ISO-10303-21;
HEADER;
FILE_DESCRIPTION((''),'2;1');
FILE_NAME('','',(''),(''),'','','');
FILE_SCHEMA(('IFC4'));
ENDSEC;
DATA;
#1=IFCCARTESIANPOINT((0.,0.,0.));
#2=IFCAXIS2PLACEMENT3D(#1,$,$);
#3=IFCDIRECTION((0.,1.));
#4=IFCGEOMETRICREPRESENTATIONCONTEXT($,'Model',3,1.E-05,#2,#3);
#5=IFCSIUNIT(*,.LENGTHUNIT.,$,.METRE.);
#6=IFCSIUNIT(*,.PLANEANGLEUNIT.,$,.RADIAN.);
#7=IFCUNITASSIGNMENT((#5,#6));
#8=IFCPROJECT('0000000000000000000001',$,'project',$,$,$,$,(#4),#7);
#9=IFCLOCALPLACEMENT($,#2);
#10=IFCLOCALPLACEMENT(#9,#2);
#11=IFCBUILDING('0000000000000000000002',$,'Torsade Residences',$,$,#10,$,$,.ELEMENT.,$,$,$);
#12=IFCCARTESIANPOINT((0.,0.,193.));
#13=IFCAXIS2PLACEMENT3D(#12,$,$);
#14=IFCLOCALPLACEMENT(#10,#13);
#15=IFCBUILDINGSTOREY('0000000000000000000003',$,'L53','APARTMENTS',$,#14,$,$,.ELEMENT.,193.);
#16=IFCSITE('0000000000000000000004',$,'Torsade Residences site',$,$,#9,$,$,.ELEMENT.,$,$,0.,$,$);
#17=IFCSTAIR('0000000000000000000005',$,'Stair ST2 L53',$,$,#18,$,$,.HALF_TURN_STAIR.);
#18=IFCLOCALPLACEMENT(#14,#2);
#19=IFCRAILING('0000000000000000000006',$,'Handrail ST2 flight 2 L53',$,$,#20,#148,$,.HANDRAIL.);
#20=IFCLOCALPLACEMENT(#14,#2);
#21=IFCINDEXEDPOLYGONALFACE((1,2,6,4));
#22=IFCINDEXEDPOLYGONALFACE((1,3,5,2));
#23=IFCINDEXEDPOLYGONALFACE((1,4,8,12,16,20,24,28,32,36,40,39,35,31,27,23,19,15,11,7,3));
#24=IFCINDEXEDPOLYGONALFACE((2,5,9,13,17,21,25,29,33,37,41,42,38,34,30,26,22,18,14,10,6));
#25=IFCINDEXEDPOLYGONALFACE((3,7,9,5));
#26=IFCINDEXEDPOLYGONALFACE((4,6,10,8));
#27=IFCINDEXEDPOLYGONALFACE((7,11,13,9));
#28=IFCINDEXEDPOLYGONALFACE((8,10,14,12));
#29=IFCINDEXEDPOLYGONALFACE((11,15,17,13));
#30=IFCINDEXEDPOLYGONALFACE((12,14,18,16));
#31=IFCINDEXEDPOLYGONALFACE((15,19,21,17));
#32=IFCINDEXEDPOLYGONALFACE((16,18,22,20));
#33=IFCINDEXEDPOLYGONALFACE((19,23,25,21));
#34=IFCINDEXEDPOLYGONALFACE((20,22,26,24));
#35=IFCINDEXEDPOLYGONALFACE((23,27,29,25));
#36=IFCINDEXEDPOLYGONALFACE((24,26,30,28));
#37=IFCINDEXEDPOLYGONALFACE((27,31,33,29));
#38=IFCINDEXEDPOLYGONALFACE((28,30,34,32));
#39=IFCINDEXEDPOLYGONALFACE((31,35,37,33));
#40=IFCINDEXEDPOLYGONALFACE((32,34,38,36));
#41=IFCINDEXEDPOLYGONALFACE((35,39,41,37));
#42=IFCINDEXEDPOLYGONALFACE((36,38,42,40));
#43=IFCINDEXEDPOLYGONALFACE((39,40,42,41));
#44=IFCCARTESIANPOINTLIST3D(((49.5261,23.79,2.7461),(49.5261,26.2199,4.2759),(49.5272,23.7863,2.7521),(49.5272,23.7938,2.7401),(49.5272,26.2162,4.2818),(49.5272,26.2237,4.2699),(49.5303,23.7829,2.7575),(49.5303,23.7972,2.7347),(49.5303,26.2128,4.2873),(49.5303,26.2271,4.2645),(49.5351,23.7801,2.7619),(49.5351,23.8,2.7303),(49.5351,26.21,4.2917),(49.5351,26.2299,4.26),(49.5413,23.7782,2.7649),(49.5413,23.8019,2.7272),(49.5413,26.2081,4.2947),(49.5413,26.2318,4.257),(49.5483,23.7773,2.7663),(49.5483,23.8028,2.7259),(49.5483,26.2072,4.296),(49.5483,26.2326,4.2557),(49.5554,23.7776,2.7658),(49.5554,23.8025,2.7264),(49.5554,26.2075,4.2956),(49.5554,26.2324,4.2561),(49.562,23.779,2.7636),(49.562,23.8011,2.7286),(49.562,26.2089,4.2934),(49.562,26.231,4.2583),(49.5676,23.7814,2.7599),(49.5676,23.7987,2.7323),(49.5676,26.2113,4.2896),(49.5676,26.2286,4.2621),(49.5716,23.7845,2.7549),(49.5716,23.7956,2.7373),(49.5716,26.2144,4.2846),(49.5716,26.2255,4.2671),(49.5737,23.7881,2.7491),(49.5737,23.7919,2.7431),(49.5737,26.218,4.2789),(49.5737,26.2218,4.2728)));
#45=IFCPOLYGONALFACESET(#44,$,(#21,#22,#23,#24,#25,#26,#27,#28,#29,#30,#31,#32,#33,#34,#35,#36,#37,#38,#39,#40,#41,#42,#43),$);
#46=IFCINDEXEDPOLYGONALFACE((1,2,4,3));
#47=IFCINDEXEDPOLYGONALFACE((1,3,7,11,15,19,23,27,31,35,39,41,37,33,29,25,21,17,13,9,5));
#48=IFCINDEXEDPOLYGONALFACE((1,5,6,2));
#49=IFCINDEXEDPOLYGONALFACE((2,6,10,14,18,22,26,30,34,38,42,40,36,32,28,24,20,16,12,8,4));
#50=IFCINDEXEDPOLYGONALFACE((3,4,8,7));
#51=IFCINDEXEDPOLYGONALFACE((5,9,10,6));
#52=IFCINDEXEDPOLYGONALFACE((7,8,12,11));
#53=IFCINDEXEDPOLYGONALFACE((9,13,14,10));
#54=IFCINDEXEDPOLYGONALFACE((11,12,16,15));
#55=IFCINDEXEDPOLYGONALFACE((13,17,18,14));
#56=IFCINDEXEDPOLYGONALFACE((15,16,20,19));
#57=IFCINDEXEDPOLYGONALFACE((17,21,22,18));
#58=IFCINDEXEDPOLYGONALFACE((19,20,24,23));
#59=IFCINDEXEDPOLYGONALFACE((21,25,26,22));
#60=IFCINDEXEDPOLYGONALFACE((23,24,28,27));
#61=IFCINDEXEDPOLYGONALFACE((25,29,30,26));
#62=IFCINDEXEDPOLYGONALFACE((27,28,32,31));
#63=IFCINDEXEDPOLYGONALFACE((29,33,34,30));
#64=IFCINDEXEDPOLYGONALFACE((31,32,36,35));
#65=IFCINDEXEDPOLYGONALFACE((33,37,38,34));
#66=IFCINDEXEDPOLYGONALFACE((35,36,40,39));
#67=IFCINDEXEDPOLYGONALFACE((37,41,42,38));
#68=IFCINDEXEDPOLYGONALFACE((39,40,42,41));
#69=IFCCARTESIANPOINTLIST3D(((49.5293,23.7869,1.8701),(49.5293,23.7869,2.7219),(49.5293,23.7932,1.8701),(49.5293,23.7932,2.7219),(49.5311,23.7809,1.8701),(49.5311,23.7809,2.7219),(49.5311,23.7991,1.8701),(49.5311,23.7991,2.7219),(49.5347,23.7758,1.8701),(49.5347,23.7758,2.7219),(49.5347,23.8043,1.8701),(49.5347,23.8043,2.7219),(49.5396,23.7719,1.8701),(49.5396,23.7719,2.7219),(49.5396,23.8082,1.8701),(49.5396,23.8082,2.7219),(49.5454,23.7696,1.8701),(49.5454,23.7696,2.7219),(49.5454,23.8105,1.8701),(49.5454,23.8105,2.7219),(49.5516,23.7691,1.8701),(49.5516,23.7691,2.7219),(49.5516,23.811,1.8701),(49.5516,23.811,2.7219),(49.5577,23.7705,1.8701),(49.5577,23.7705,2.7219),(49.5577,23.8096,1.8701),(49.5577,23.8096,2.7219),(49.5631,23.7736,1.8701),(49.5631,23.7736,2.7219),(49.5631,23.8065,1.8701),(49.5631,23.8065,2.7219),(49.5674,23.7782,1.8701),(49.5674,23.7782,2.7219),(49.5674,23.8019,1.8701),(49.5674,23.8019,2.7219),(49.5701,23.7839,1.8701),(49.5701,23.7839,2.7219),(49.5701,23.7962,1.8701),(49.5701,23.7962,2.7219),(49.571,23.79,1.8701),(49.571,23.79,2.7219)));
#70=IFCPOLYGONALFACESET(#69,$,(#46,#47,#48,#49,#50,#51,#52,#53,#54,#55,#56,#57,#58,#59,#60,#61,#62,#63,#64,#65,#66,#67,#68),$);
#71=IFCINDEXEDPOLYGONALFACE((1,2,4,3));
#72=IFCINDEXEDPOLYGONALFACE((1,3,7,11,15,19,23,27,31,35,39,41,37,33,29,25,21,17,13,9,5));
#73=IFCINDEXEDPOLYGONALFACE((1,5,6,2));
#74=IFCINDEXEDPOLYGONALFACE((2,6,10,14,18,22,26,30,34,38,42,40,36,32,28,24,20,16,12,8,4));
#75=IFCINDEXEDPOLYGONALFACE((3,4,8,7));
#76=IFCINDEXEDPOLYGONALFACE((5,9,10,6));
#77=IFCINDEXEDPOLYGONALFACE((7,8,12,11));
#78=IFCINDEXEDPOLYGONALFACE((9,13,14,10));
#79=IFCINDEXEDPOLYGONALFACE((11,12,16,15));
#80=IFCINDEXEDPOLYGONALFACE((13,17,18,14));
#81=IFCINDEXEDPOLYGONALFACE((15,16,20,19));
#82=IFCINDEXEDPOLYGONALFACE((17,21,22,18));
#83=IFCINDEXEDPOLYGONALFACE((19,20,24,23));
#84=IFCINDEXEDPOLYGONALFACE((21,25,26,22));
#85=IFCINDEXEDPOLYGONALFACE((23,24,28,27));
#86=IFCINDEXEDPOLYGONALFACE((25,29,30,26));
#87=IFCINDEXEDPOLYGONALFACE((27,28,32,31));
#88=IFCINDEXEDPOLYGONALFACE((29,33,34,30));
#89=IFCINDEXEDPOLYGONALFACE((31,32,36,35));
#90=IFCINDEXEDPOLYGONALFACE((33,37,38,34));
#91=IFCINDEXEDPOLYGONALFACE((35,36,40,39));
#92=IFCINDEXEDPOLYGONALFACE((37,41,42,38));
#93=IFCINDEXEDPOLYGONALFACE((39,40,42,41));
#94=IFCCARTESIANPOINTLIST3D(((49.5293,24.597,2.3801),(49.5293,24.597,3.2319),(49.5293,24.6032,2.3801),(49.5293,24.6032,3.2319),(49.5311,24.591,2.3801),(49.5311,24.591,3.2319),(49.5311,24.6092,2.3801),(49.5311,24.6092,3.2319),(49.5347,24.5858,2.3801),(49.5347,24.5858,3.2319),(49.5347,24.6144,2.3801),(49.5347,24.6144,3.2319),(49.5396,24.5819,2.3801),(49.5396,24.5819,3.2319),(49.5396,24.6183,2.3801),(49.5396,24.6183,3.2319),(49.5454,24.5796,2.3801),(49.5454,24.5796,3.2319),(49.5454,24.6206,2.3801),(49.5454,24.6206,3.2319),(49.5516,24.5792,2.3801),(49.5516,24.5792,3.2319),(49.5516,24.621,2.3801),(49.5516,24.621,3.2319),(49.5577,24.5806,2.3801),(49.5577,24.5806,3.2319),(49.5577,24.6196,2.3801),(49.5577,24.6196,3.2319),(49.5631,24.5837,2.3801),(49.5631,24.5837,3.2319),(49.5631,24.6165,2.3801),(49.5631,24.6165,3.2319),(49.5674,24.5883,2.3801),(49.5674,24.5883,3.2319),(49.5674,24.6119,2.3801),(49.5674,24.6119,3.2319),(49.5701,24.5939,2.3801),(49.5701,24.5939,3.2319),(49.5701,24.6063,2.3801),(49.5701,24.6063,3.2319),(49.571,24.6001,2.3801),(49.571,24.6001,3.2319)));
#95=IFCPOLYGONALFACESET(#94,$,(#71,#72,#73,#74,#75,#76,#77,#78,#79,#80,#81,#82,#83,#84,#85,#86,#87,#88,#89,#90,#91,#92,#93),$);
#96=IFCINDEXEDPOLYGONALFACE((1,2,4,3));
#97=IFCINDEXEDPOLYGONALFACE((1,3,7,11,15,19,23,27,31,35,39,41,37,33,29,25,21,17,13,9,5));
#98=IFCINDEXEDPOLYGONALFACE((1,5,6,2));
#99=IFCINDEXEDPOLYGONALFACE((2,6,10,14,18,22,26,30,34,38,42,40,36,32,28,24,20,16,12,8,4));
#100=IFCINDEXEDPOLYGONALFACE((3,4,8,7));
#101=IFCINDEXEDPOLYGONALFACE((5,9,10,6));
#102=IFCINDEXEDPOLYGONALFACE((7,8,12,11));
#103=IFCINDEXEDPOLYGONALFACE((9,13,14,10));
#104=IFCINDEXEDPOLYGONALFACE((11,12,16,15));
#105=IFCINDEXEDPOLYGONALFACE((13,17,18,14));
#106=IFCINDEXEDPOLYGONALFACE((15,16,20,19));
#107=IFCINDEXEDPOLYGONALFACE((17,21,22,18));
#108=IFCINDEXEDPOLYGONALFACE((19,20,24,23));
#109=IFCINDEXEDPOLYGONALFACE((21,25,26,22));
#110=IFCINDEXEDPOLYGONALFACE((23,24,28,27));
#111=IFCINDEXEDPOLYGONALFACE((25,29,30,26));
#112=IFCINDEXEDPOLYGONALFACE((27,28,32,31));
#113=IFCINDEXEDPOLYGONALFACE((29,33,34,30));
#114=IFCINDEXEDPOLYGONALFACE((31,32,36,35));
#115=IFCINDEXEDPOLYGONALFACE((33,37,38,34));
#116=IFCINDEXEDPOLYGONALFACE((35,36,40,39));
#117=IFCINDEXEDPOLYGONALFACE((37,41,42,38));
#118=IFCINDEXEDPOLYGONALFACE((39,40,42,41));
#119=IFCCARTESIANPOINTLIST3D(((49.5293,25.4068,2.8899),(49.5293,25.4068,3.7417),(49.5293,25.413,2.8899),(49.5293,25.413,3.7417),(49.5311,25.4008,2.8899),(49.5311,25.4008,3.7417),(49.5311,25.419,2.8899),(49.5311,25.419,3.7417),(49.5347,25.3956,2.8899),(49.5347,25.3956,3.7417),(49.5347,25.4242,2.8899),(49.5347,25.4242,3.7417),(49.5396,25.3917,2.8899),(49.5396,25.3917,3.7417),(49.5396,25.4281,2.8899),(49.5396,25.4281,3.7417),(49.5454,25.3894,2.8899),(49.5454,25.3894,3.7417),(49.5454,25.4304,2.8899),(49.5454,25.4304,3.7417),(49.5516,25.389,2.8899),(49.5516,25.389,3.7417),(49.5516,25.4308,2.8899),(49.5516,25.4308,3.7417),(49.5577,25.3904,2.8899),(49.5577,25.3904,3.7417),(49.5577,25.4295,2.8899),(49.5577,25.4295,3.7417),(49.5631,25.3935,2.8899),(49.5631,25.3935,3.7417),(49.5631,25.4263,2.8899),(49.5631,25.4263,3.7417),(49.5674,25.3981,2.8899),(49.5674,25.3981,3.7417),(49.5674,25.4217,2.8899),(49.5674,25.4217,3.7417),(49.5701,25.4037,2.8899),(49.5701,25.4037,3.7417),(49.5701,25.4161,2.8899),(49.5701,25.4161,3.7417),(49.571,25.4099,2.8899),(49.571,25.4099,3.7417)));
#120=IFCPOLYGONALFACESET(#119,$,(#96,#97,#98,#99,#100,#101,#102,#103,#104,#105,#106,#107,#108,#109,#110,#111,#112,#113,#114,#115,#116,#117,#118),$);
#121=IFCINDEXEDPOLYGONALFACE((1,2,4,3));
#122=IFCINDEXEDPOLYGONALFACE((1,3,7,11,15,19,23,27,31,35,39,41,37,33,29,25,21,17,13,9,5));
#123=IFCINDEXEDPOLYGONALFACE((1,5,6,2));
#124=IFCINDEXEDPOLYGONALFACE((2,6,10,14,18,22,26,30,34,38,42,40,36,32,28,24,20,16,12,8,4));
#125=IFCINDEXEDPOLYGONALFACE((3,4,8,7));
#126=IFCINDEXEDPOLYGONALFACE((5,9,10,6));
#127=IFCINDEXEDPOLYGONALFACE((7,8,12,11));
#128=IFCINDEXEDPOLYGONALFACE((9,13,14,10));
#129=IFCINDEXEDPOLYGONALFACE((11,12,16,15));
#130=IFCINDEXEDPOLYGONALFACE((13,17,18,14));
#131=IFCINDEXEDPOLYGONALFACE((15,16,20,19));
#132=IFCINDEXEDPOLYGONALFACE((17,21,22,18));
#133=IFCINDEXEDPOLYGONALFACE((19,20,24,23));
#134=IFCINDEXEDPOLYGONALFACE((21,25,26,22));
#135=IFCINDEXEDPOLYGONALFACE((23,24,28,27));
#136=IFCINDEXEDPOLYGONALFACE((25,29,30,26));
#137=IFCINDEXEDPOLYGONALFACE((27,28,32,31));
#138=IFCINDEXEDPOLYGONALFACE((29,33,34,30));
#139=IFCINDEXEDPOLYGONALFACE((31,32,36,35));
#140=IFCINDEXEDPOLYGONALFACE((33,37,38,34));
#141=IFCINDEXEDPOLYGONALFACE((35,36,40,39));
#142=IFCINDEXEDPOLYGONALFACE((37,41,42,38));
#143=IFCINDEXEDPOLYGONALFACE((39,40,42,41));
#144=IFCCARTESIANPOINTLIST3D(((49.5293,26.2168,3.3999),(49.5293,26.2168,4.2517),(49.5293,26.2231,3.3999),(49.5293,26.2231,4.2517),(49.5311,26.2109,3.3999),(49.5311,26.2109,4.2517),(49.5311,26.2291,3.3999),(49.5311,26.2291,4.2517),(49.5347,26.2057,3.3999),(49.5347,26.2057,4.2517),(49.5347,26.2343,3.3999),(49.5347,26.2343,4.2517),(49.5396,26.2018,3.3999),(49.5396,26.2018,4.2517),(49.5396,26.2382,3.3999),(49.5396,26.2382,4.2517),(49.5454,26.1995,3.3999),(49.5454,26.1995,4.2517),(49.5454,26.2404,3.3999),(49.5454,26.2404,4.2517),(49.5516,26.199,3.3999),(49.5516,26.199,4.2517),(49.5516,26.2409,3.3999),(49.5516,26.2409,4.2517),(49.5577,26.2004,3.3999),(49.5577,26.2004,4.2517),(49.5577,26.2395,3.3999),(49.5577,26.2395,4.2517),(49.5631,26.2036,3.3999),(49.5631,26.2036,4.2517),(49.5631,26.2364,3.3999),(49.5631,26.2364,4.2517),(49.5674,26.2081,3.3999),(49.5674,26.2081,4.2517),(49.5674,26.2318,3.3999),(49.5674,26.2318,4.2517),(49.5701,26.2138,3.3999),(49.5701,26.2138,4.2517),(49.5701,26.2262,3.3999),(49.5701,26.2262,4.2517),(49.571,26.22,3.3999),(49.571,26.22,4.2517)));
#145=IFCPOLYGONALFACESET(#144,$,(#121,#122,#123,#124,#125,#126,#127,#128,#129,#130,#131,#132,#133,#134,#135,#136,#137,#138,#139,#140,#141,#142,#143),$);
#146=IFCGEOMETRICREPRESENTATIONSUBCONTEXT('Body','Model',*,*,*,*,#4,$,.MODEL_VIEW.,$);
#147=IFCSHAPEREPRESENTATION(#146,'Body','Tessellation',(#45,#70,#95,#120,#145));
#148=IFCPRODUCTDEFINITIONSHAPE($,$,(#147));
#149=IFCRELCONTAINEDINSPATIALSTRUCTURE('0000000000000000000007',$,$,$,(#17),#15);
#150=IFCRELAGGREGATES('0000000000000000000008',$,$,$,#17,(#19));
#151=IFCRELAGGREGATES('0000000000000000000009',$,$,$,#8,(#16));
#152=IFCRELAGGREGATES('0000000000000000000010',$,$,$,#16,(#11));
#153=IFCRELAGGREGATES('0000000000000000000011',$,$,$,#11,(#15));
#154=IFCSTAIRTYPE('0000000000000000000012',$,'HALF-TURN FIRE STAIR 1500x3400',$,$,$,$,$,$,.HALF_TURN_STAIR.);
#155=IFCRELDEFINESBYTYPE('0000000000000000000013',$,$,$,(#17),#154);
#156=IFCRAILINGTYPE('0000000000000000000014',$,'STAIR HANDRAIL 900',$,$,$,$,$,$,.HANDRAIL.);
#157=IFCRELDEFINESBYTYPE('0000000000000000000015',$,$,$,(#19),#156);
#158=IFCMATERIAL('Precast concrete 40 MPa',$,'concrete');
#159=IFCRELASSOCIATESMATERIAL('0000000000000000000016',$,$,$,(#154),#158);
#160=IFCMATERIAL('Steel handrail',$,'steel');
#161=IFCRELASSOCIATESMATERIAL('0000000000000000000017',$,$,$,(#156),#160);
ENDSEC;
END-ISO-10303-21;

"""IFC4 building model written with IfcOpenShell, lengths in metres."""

from ifc_helpers import new_model, si_unit, direction, frame, origin, origin_2d, place, context, subcontext, project, spatial, circle, extrude, material, type_object, element, aggregate, save


model = new_model("IFC4")

# Units and contexts
model_context = context("Model", 3, precision=1e-05, world=origin(), true_north=direction((0.0, 1.0)))
body_context = subcontext(model_context, "Body", "Model", "MODEL_VIEW")
ifc_project = project(units=[si_unit("LENGTHUNIT", "METRE"), si_unit("PLANEANGLEUNIT", "RADIAN")], contexts=[model_context])

# Site, building, storey
site_placement = place(None, origin())
site = spatial("IfcSite", under=ifc_project, at=site_placement, Name="Torsade Residences site", CompositionType="ELEMENT", RefElevation=0.0)
building_placement = place(site_placement, origin())
building = spatial("IfcBuilding", under=site, at=building_placement, Name="Torsade Residences", CompositionType="ELEMENT")
storey_placement = place(building_placement, frame((0.0, 0.0, 193.0)))
storey = spatial("IfcBuildingStorey", under=building, at=storey_placement, Name="L53", Description="APARTMENTS", CompositionType="ELEMENT", Elevation=193.0)

# Stair, railing
ifc_material_1 = material(Name="Precast concrete 40 MPa", Category="concrete")
stair_type = type_object("IfcStairType", Name="HALF-TURN FIRE STAIR 1500x3400", PredefinedType="HALF_TURN_STAIR", material=ifc_material_1)
stair_placement = place(storey_placement, origin())
stair = element("IfcStair", 1, at=stair_placement, inside=storey, type_object=stair_type, Name="Stair ST2 L53", PredefinedType="HALF_TURN_STAIR")
ifc_material_2 = material(Name="Steel handrail", Category="steel")
railing_type = type_object("IfcRailingType", Name="STAIR HANDRAIL 900", PredefinedType="HANDRAIL", material=ifc_material_2)
railing_1_placement = place(storey_placement, frame((49.55, 23.79, 1.8701)))
railing_1 = element("IfcRailing", 2, at=railing_1_placement, type_object=railing_type, Name="Handrail ST2 flight 2 L53", PredefinedType="HANDRAIL", context=body_context, shape_type="SweptSolid", body=[
    extrude(circle(Radius=0.0239, at=origin_2d()), frame((0.0, 0.0, 0.876), z_axis=(0.0, 0.84626, 0.53277), x_axis=(-1.0, 0.0, 0.0)), (0.0, 0.0, 1.0), 2.8713),
    extrude(circle(Radius=0.021, at=origin_2d()), origin(), (0.0, 0.0, 1.0), 0.8518),
    extrude(circle(Radius=0.021, at=origin_2d()), frame((0.0, 0.8101, 0.51)), (0.0, 0.0, 1.0), 0.8518),
    extrude(circle(Radius=0.021, at=origin_2d()), frame((0.0, 1.6199, 1.0198)), (0.0, 0.0, 1.0), 0.8518),
    extrude(circle(Radius=0.021, at=origin_2d()), frame((0.0, 2.4299, 1.5298)), (0.0, 0.0, 1.0), 0.8518),
])
aggregate(stair, [railing_1])

save(model, "model.ifc")
